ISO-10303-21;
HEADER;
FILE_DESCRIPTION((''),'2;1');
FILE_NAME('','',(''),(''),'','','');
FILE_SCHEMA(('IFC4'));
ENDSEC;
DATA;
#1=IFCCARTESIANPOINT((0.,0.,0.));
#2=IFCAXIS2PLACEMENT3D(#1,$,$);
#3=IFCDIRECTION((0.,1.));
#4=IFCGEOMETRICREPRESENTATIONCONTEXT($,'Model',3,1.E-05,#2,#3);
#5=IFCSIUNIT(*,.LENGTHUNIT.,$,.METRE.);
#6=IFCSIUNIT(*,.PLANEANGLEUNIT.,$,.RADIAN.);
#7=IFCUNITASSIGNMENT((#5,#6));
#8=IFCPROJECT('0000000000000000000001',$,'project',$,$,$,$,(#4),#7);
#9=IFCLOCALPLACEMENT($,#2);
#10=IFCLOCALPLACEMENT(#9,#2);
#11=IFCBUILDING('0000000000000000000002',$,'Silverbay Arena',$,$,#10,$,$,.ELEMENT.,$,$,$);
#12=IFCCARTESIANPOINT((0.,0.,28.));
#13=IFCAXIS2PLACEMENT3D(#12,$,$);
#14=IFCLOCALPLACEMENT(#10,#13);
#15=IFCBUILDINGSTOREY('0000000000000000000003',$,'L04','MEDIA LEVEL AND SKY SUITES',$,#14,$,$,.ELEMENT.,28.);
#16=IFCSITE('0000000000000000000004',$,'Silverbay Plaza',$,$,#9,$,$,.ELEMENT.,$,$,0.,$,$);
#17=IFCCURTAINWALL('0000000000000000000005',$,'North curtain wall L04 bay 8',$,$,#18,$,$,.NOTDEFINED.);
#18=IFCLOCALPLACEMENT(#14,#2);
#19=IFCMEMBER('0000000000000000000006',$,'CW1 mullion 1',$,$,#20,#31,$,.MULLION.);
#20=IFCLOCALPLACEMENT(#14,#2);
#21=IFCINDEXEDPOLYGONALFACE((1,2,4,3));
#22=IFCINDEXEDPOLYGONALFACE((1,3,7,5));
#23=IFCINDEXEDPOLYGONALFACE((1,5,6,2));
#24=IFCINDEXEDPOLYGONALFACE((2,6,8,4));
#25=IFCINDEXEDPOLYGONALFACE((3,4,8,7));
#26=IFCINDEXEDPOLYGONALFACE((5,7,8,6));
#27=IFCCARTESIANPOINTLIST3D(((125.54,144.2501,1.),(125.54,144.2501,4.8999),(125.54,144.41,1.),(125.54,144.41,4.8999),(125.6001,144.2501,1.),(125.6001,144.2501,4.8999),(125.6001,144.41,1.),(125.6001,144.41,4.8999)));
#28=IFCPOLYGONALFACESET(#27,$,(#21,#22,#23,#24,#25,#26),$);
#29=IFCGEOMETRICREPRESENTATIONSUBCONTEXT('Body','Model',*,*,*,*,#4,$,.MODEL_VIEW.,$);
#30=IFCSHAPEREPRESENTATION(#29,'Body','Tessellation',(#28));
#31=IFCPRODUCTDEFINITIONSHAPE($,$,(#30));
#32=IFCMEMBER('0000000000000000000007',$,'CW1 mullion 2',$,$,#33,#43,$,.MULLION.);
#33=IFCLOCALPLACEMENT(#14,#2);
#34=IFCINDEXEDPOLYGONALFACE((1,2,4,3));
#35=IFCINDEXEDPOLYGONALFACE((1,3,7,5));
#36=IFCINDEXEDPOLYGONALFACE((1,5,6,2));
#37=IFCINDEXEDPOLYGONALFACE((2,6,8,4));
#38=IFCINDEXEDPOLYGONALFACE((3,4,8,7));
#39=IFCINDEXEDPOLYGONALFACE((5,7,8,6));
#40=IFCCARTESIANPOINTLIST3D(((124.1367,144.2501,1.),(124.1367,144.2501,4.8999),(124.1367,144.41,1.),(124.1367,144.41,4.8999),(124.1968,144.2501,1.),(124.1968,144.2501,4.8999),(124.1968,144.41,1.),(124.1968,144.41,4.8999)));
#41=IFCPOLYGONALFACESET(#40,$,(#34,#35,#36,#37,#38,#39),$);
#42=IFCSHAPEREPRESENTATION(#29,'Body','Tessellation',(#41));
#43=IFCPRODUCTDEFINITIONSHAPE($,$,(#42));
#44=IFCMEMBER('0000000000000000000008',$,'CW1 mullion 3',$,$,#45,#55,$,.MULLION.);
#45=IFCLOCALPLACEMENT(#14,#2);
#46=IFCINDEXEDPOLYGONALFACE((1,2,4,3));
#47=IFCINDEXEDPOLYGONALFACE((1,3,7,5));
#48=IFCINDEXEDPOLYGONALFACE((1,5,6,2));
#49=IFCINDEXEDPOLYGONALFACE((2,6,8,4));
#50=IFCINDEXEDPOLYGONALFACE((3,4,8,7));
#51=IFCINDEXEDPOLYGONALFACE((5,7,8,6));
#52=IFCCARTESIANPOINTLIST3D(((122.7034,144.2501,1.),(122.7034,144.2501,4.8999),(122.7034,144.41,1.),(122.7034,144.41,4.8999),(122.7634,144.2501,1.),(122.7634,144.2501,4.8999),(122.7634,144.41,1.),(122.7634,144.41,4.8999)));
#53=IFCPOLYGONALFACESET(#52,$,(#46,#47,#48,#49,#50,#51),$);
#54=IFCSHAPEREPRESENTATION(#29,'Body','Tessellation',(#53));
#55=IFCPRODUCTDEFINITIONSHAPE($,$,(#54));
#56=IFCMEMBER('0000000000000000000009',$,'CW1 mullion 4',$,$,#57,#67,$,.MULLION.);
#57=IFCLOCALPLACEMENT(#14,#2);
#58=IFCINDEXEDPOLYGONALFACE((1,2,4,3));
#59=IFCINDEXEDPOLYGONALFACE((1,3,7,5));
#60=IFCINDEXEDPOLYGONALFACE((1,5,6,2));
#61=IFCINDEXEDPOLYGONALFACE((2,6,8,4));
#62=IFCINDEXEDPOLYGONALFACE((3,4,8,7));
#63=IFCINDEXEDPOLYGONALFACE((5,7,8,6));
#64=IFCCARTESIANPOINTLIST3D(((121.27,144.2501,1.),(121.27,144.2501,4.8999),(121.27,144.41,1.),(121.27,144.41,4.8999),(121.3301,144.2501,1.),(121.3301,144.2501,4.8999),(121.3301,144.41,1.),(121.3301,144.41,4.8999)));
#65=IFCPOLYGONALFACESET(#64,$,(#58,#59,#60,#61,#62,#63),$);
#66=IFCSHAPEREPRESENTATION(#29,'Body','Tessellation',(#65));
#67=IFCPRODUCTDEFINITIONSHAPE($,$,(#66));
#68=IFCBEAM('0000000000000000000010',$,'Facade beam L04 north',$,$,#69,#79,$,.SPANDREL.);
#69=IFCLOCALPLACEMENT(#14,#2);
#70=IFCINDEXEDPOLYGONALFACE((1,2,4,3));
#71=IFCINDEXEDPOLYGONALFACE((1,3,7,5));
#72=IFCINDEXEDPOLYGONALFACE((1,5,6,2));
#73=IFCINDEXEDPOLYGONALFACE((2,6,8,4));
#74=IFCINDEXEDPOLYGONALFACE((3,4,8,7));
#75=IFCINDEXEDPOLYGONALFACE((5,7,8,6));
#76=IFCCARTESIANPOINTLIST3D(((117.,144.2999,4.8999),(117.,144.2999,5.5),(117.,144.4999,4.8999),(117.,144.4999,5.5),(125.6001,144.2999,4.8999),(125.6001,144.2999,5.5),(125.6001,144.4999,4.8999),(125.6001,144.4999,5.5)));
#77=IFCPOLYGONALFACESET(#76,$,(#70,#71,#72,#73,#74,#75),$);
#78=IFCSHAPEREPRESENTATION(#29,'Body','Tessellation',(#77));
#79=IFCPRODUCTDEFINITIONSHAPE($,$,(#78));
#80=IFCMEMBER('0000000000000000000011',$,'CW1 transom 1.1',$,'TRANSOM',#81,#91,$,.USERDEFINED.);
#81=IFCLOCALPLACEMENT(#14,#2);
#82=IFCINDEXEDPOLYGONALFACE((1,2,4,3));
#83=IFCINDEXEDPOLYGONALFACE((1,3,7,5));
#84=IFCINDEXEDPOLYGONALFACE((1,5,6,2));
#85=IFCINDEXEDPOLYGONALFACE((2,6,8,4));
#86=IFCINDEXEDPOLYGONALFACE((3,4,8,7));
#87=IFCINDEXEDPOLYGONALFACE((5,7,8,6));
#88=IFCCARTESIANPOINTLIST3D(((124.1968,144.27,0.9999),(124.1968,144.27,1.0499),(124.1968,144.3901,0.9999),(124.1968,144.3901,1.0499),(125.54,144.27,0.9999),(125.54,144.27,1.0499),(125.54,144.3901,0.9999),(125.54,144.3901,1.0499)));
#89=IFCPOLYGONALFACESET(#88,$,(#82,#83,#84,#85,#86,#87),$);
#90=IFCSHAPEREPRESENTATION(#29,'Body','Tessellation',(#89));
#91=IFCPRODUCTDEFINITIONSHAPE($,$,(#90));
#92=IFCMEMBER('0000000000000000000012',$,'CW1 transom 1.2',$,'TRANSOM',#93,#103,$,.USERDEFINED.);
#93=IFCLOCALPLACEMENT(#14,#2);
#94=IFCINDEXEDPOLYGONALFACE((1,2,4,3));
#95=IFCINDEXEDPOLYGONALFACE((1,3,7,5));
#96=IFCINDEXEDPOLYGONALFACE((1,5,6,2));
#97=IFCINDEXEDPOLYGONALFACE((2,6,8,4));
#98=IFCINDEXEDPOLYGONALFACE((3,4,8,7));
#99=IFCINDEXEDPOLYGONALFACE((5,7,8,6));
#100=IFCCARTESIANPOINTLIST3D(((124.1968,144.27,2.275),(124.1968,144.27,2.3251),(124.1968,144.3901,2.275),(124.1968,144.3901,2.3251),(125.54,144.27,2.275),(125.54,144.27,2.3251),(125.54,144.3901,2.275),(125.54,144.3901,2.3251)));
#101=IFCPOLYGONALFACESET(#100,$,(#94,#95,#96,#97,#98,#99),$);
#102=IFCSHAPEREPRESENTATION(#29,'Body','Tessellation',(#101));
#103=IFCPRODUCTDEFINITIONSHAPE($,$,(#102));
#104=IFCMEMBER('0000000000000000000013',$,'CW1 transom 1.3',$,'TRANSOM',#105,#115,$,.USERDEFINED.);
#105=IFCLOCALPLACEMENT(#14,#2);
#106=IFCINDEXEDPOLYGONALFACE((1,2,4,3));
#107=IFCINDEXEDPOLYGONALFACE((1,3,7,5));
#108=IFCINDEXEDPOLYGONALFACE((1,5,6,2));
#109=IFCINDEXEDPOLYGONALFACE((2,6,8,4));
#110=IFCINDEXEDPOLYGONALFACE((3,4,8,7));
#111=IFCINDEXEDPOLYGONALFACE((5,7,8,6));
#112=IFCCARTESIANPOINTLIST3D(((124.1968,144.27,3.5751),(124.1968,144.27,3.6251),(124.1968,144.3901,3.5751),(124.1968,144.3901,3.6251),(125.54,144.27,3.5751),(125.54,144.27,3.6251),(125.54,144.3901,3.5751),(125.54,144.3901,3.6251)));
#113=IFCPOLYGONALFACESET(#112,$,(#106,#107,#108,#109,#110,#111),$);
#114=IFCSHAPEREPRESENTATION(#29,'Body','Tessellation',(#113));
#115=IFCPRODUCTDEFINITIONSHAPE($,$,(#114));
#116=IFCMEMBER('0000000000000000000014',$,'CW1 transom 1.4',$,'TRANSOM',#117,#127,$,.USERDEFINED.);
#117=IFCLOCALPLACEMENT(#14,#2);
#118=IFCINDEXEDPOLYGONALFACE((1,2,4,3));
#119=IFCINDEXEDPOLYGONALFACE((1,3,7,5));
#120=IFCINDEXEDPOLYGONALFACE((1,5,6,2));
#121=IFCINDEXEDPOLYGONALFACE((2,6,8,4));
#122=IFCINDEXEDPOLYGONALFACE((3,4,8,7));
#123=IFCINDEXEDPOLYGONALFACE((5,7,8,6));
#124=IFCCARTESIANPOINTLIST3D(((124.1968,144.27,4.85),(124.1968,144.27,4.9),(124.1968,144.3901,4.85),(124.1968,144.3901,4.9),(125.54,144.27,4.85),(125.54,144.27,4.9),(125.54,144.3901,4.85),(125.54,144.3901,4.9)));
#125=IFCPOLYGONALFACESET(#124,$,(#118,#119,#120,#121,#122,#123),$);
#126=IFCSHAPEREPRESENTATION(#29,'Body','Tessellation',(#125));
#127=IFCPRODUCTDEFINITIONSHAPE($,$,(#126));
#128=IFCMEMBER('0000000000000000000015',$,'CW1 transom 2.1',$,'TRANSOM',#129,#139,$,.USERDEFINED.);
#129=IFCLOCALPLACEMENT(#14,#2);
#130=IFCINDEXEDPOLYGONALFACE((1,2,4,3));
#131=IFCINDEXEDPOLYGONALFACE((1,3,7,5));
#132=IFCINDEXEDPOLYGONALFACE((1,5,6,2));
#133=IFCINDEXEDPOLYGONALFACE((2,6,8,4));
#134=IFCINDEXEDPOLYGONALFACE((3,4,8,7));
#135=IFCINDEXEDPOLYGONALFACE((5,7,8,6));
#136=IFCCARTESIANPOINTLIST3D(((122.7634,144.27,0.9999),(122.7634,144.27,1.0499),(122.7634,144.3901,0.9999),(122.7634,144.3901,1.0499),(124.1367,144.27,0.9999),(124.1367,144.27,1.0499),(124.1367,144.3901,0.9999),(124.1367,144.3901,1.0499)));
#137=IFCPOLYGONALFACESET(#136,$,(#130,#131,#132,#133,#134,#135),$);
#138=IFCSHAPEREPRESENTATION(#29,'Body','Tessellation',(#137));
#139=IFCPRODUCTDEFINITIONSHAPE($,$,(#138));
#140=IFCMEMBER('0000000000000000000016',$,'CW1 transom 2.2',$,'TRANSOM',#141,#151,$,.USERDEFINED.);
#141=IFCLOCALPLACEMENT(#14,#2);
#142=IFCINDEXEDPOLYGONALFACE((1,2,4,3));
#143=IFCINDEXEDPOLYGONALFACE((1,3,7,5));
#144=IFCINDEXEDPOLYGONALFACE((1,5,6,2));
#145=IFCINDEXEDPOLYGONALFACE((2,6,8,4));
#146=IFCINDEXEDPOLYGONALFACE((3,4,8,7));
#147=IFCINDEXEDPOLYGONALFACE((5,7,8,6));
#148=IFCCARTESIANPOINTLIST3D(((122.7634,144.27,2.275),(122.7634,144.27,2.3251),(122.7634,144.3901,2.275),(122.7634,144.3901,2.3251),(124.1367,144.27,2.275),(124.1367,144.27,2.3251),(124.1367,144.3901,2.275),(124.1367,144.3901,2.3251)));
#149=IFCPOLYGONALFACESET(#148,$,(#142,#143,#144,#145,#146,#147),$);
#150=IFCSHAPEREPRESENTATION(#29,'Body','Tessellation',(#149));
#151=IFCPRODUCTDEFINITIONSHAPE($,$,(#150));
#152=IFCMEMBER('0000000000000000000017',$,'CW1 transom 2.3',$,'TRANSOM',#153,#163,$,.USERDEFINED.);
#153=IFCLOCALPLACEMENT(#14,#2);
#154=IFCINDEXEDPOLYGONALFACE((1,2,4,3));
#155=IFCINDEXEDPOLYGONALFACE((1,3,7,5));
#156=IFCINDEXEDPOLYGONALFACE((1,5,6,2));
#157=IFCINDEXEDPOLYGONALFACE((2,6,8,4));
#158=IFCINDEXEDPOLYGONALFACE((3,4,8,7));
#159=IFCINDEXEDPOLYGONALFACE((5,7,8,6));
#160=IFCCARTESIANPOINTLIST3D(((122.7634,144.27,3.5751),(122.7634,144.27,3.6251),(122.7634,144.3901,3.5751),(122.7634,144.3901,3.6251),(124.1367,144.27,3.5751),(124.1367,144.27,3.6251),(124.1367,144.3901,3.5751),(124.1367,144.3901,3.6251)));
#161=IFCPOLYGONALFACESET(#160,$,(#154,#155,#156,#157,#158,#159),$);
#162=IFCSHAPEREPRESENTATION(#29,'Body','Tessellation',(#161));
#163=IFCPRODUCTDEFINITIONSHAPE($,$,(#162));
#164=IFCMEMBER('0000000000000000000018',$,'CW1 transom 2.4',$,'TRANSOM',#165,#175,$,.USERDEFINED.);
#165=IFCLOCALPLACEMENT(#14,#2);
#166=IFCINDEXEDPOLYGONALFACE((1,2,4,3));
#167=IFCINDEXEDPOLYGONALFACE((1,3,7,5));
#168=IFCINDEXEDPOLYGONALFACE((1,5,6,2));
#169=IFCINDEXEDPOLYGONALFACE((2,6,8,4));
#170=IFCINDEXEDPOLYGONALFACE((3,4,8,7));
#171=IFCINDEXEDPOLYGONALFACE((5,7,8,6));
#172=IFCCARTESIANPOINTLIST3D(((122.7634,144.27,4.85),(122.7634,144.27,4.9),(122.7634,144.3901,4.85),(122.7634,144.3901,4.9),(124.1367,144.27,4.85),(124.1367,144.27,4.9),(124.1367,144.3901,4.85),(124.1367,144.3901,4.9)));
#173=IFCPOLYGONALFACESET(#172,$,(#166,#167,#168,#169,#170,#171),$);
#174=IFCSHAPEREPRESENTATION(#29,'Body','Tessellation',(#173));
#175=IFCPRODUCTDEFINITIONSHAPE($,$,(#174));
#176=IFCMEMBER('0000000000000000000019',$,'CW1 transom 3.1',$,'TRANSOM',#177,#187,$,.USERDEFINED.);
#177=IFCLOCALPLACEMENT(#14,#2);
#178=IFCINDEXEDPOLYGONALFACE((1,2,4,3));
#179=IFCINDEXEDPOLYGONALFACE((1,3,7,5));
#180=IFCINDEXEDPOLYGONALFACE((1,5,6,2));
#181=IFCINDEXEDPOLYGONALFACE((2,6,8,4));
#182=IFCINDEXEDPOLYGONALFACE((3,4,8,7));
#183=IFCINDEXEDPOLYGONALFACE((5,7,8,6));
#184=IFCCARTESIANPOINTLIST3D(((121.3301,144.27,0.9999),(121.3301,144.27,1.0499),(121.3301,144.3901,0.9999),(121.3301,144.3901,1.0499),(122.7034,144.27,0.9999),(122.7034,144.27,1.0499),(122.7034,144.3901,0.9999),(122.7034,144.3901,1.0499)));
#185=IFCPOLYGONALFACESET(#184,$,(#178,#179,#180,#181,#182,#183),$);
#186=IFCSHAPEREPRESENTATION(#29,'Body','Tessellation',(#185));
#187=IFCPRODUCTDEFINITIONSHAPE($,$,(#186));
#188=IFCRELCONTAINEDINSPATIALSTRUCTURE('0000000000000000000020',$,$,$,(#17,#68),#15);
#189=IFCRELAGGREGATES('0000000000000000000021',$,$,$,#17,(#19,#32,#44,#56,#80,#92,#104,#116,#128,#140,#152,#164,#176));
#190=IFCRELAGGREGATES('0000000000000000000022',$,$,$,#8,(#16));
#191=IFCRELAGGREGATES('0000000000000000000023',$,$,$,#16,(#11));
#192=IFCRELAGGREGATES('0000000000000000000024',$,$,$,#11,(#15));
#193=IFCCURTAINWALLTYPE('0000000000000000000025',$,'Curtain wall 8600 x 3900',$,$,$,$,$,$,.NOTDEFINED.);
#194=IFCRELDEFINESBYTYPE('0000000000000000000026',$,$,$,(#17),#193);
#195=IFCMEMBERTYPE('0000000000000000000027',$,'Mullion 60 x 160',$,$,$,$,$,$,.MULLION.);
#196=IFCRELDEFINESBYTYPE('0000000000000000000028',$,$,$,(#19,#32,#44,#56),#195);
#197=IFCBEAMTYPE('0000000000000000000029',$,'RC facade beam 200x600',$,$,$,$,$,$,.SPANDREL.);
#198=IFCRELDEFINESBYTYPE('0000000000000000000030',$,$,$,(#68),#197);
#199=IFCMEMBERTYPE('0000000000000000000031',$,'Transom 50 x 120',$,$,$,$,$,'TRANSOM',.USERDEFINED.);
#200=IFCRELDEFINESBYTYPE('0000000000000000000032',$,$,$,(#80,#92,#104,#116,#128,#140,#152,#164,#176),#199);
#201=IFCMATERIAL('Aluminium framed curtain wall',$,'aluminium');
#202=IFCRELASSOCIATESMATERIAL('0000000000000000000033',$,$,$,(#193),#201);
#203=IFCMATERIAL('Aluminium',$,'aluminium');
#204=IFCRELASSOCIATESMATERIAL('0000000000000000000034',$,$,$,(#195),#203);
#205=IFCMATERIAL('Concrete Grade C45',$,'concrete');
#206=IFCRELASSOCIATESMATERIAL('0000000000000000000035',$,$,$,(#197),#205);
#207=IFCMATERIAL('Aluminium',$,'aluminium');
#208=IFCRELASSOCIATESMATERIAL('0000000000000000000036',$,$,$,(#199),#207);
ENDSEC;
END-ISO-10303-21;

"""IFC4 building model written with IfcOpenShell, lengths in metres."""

from ifc_helpers import new_model, si_unit, direction, frame, origin, origin_2d, place, context, subcontext, project, spatial, rectangle, extrude, material, material_profile, profile_set, type_object, element, aggregate, save


model = new_model("IFC4")

# Units and contexts
model_context = context("Model", 3, precision=1e-05, world=origin(), true_north=direction((0.0, 1.0)))
body_context = subcontext(model_context, "Body", "Model", "MODEL_VIEW")
ifc_project = project(units=[si_unit("LENGTHUNIT", "METRE"), si_unit("PLANEANGLEUNIT", "RADIAN")], contexts=[model_context])

# Site, building, storey
site_placement = place(None, origin())
site = spatial("IfcSite", under=ifc_project, at=site_placement, Name="Silverbay Plaza", CompositionType="ELEMENT", RefElevation=0.0)
building_placement = place(site_placement, origin())
building = spatial("IfcBuilding", under=site, at=building_placement, Name="Silverbay Arena", CompositionType="ELEMENT")
storey_placement = place(building_placement, frame((0.0, 0.0, 28.0)))
storey = spatial("IfcBuildingStorey", under=building, at=storey_placement, Name="L04", Description="MEDIA LEVEL AND SKY SUITES", CompositionType="ELEMENT", Elevation=28.0)

# Curtain wall, members
ifc_material_1 = material(Name="Aluminium framed curtain wall", Category="aluminium")
curtain_wall_type = type_object("IfcCurtainWallType", Name="Curtain wall 8600 x 3900", PredefinedType="NOTDEFINED", material=ifc_material_1)
curtain_wall_placement = place(storey_placement, origin())
curtain_wall = element("IfcCurtainWall", 1, at=curtain_wall_placement, inside=storey, type_object=curtain_wall_type, Name="North curtain wall L04 bay 8", PredefinedType="NOTDEFINED")
ifc_material_2 = material(Name="Aluminium", Category="aluminium")
ifc_material_profile_1 = material_profile(ifc_material_2, rectangle(XDim=0.1599, YDim=0.0601, at=origin_2d()), Name="Mullion 60 x 160")
ifc_profile_set_1 = profile_set([ifc_material_profile_1], Name="Aluminium")
member_type_1 = type_object("IfcMemberType", Name="Mullion 60 x 160", PredefinedType="MULLION", material=ifc_profile_set_1)
member_1_placement = place(storey_placement, frame((125.5701, 144.3301, 1.0), z_axis=(0.0, 0.0, 1.0), x_axis=(0.0, -1.0, 0.0)))
member_1 = element("IfcMember", 2, at=member_1_placement, type_object=member_type_1, Name="CW1 mullion 1", PredefinedType="MULLION", context=body_context, shape_type="SweptSolid", body=[
    extrude(rectangle(XDim=0.1599, YDim=0.0601, at=origin_2d()), origin(), (0.0, 0.0, 1.0), 3.8999),
])
member_2_placement = place(storey_placement, frame((124.1667, 144.3301, 1.0), z_axis=(0.0, 0.0, 1.0), x_axis=(0.0, -1.0, 0.0)))
member_2 = element("IfcMember", 3, at=member_2_placement, type_object=member_type_1, Name="CW1 mullion 2", PredefinedType="MULLION", context=body_context, shape_type="SweptSolid", body=[
    extrude(rectangle(XDim=0.1599, YDim=0.0601, at=origin_2d()), origin(), (0.0, 0.0, 1.0), 3.8999),
])
member_3_placement = place(storey_placement, frame((122.7334, 144.3301, 1.0), z_axis=(0.0, 0.0, 1.0), x_axis=(0.0, -1.0, 0.0)))
member_3 = element("IfcMember", 4, at=member_3_placement, type_object=member_type_1, Name="CW1 mullion 3", PredefinedType="MULLION", context=body_context, shape_type="SweptSolid", body=[
    extrude(rectangle(XDim=0.1599, YDim=0.0601, at=origin_2d()), origin(), (0.0, 0.0, 1.0), 3.8999),
])
member_4_placement = place(storey_placement, frame((121.3, 144.3301, 1.0), z_axis=(0.0, 0.0, 1.0), x_axis=(0.0, -1.0, 0.0)))
member_4 = element("IfcMember", 5, at=member_4_placement, type_object=member_type_1, Name="CW1 mullion 4", PredefinedType="MULLION", context=body_context, shape_type="SweptSolid", body=[
    extrude(rectangle(XDim=0.1599, YDim=0.0601, at=origin_2d()), origin(), (0.0, 0.0, 1.0), 3.8999),
])

# Beam
ifc_material_3 = material(Name="Concrete Grade C45", Category="concrete")
ifc_material_profile_2 = material_profile(ifc_material_3, rectangle(XDim=0.2, YDim=0.6001, at=origin_2d()), Name="RC 200x600")
ifc_profile_set_2 = profile_set([ifc_material_profile_2], Name="Concrete Grade C45")
beam_type = type_object("IfcBeamType", Name="RC facade beam 200x600", PredefinedType="SPANDREL", material=ifc_profile_set_2)
beam_placement = place(storey_placement, frame((117.0, 144.3999, 5.2), z_axis=(1.0, 0.0, 0.0), x_axis=(0.0, 1.0, 0.0)))
element("IfcBeam", 6, at=beam_placement, inside=storey, type_object=beam_type, Name="Facade beam L04 north", PredefinedType="SPANDREL", context=body_context, shape_type="SweptSolid", body=[
    extrude(rectangle(XDim=0.2, YDim=0.6001, at=origin_2d()), origin(), (0.0, 0.0, 1.0), 8.6001),
])

# Members
ifc_material_4 = material(Name="Aluminium", Category="aluminium")
ifc_material_profile_3 = material_profile(ifc_material_4, rectangle(XDim=0.1201, YDim=0.05, at=origin_2d()), Name="Transom 50 x 120")
ifc_profile_set_3 = profile_set([ifc_material_profile_3], Name="Aluminium")
member_type_2 = type_object("IfcMemberType", Name="Transom 50 x 120", ElementType="TRANSOM", PredefinedType="USERDEFINED", material=ifc_profile_set_3)
member_5_placement = place(storey_placement, frame((125.54, 144.3301, 1.0249), z_axis=(-1.0, 0.0, 0.0), x_axis=(0.0, -1.0, 0.0)))
member_5 = element("IfcMember", 7, at=member_5_placement, type_object=member_type_2, Name="CW1 transom 1.1", ObjectType="TRANSOM", PredefinedType="USERDEFINED", context=body_context, shape_type="SweptSolid", body=[
    extrude(rectangle(XDim=0.1201, YDim=0.05, at=origin_2d()), origin(), (0.0, 0.0, 1.0), 1.3433),
])
member_6_placement = place(storey_placement, frame((125.54, 144.3301, 2.3), z_axis=(-1.0, 0.0, 0.0), x_axis=(0.0, -1.0, 0.0)))
member_6 = element("IfcMember", 8, at=member_6_placement, type_object=member_type_2, Name="CW1 transom 1.2", ObjectType="TRANSOM", PredefinedType="USERDEFINED", context=body_context, shape_type="SweptSolid", body=[
    extrude(rectangle(XDim=0.1201, YDim=0.05, at=origin_2d()), origin(), (0.0, 0.0, 1.0), 1.3433),
])
member_7_placement = place(storey_placement, frame((125.54, 144.3301, 3.6001), z_axis=(-1.0, 0.0, 0.0), x_axis=(0.0, -1.0, 0.0)))
member_7 = element("IfcMember", 9, at=member_7_placement, type_object=member_type_2, Name="CW1 transom 1.3", ObjectType="TRANSOM", PredefinedType="USERDEFINED", context=body_context, shape_type="SweptSolid", body=[
    extrude(rectangle(XDim=0.1201, YDim=0.05, at=origin_2d()), origin(), (0.0, 0.0, 1.0), 1.3433),
])
member_8_placement = place(storey_placement, frame((125.54, 144.3301, 4.875), z_axis=(-1.0, 0.0, 0.0), x_axis=(0.0, -1.0, 0.0)))
member_8 = element("IfcMember", 10, at=member_8_placement, type_object=member_type_2, Name="CW1 transom 1.4", ObjectType="TRANSOM", PredefinedType="USERDEFINED", context=body_context, shape_type="SweptSolid", body=[
    extrude(rectangle(XDim=0.1201, YDim=0.05, at=origin_2d()), origin(), (0.0, 0.0, 1.0), 1.3433),
])
member_9_placement = place(storey_placement, frame((124.1367, 144.3301, 1.0249), z_axis=(-1.0, 0.0, 0.0), x_axis=(0.0, -1.0, 0.0)))
member_9 = element("IfcMember", 11, at=member_9_placement, type_object=member_type_2, Name="CW1 transom 2.1", ObjectType="TRANSOM", PredefinedType="USERDEFINED", context=body_context, shape_type="SweptSolid", body=[
    extrude(rectangle(XDim=0.1201, YDim=0.05, at=origin_2d()), origin(), (0.0, 0.0, 1.0), 1.3733),
])
member_10_placement = place(storey_placement, frame((124.1367, 144.3301, 2.3), z_axis=(-1.0, 0.0, 0.0), x_axis=(0.0, -1.0, 0.0)))
member_10 = element("IfcMember", 12, at=member_10_placement, type_object=member_type_2, Name="CW1 transom 2.2", ObjectType="TRANSOM", PredefinedType="USERDEFINED", context=body_context, shape_type="SweptSolid", body=[
    extrude(rectangle(XDim=0.1201, YDim=0.05, at=origin_2d()), origin(), (0.0, 0.0, 1.0), 1.3733),
])
member_11_placement = place(storey_placement, frame((124.1367, 144.3301, 3.6001), z_axis=(-1.0, 0.0, 0.0), x_axis=(0.0, -1.0, 0.0)))
member_11 = element("IfcMember", 13, at=member_11_placement, type_object=member_type_2, Name="CW1 transom 2.3", ObjectType="TRANSOM", PredefinedType="USERDEFINED", context=body_context, shape_type="SweptSolid", body=[
    extrude(rectangle(XDim=0.1201, YDim=0.05, at=origin_2d()), origin(), (0.0, 0.0, 1.0), 1.3733),
])
member_12_placement = place(storey_placement, frame((124.1367, 144.3301, 4.875), z_axis=(-1.0, 0.0, 0.0), x_axis=(0.0, -1.0, 0.0)))
member_12 = element("IfcMember", 14, at=member_12_placement, type_object=member_type_2, Name="CW1 transom 2.4", ObjectType="TRANSOM", PredefinedType="USERDEFINED", context=body_context, shape_type="SweptSolid", body=[
    extrude(rectangle(XDim=0.1201, YDim=0.05, at=origin_2d()), origin(), (0.0, 0.0, 1.0), 1.3733),
])
member_13_placement = place(storey_placement, frame((122.7034, 144.3301, 1.0249), z_axis=(-1.0, 0.0, 0.0), x_axis=(0.0, -1.0, 0.0)))
member_13 = element("IfcMember", 15, at=member_13_placement, type_object=member_type_2, Name="CW1 transom 3.1", ObjectType="TRANSOM", PredefinedType="USERDEFINED", context=body_context, shape_type="SweptSolid", body=[
    extrude(rectangle(XDim=0.1201, YDim=0.05, at=origin_2d()), origin(), (0.0, 0.0, 1.0), 1.3733),
])

aggregate(curtain_wall, [member_1, member_2, member_3, member_4, member_5, member_6, member_7, member_8, member_9, member_10, member_11, member_12, member_13])

save(model, "model.ifc")
